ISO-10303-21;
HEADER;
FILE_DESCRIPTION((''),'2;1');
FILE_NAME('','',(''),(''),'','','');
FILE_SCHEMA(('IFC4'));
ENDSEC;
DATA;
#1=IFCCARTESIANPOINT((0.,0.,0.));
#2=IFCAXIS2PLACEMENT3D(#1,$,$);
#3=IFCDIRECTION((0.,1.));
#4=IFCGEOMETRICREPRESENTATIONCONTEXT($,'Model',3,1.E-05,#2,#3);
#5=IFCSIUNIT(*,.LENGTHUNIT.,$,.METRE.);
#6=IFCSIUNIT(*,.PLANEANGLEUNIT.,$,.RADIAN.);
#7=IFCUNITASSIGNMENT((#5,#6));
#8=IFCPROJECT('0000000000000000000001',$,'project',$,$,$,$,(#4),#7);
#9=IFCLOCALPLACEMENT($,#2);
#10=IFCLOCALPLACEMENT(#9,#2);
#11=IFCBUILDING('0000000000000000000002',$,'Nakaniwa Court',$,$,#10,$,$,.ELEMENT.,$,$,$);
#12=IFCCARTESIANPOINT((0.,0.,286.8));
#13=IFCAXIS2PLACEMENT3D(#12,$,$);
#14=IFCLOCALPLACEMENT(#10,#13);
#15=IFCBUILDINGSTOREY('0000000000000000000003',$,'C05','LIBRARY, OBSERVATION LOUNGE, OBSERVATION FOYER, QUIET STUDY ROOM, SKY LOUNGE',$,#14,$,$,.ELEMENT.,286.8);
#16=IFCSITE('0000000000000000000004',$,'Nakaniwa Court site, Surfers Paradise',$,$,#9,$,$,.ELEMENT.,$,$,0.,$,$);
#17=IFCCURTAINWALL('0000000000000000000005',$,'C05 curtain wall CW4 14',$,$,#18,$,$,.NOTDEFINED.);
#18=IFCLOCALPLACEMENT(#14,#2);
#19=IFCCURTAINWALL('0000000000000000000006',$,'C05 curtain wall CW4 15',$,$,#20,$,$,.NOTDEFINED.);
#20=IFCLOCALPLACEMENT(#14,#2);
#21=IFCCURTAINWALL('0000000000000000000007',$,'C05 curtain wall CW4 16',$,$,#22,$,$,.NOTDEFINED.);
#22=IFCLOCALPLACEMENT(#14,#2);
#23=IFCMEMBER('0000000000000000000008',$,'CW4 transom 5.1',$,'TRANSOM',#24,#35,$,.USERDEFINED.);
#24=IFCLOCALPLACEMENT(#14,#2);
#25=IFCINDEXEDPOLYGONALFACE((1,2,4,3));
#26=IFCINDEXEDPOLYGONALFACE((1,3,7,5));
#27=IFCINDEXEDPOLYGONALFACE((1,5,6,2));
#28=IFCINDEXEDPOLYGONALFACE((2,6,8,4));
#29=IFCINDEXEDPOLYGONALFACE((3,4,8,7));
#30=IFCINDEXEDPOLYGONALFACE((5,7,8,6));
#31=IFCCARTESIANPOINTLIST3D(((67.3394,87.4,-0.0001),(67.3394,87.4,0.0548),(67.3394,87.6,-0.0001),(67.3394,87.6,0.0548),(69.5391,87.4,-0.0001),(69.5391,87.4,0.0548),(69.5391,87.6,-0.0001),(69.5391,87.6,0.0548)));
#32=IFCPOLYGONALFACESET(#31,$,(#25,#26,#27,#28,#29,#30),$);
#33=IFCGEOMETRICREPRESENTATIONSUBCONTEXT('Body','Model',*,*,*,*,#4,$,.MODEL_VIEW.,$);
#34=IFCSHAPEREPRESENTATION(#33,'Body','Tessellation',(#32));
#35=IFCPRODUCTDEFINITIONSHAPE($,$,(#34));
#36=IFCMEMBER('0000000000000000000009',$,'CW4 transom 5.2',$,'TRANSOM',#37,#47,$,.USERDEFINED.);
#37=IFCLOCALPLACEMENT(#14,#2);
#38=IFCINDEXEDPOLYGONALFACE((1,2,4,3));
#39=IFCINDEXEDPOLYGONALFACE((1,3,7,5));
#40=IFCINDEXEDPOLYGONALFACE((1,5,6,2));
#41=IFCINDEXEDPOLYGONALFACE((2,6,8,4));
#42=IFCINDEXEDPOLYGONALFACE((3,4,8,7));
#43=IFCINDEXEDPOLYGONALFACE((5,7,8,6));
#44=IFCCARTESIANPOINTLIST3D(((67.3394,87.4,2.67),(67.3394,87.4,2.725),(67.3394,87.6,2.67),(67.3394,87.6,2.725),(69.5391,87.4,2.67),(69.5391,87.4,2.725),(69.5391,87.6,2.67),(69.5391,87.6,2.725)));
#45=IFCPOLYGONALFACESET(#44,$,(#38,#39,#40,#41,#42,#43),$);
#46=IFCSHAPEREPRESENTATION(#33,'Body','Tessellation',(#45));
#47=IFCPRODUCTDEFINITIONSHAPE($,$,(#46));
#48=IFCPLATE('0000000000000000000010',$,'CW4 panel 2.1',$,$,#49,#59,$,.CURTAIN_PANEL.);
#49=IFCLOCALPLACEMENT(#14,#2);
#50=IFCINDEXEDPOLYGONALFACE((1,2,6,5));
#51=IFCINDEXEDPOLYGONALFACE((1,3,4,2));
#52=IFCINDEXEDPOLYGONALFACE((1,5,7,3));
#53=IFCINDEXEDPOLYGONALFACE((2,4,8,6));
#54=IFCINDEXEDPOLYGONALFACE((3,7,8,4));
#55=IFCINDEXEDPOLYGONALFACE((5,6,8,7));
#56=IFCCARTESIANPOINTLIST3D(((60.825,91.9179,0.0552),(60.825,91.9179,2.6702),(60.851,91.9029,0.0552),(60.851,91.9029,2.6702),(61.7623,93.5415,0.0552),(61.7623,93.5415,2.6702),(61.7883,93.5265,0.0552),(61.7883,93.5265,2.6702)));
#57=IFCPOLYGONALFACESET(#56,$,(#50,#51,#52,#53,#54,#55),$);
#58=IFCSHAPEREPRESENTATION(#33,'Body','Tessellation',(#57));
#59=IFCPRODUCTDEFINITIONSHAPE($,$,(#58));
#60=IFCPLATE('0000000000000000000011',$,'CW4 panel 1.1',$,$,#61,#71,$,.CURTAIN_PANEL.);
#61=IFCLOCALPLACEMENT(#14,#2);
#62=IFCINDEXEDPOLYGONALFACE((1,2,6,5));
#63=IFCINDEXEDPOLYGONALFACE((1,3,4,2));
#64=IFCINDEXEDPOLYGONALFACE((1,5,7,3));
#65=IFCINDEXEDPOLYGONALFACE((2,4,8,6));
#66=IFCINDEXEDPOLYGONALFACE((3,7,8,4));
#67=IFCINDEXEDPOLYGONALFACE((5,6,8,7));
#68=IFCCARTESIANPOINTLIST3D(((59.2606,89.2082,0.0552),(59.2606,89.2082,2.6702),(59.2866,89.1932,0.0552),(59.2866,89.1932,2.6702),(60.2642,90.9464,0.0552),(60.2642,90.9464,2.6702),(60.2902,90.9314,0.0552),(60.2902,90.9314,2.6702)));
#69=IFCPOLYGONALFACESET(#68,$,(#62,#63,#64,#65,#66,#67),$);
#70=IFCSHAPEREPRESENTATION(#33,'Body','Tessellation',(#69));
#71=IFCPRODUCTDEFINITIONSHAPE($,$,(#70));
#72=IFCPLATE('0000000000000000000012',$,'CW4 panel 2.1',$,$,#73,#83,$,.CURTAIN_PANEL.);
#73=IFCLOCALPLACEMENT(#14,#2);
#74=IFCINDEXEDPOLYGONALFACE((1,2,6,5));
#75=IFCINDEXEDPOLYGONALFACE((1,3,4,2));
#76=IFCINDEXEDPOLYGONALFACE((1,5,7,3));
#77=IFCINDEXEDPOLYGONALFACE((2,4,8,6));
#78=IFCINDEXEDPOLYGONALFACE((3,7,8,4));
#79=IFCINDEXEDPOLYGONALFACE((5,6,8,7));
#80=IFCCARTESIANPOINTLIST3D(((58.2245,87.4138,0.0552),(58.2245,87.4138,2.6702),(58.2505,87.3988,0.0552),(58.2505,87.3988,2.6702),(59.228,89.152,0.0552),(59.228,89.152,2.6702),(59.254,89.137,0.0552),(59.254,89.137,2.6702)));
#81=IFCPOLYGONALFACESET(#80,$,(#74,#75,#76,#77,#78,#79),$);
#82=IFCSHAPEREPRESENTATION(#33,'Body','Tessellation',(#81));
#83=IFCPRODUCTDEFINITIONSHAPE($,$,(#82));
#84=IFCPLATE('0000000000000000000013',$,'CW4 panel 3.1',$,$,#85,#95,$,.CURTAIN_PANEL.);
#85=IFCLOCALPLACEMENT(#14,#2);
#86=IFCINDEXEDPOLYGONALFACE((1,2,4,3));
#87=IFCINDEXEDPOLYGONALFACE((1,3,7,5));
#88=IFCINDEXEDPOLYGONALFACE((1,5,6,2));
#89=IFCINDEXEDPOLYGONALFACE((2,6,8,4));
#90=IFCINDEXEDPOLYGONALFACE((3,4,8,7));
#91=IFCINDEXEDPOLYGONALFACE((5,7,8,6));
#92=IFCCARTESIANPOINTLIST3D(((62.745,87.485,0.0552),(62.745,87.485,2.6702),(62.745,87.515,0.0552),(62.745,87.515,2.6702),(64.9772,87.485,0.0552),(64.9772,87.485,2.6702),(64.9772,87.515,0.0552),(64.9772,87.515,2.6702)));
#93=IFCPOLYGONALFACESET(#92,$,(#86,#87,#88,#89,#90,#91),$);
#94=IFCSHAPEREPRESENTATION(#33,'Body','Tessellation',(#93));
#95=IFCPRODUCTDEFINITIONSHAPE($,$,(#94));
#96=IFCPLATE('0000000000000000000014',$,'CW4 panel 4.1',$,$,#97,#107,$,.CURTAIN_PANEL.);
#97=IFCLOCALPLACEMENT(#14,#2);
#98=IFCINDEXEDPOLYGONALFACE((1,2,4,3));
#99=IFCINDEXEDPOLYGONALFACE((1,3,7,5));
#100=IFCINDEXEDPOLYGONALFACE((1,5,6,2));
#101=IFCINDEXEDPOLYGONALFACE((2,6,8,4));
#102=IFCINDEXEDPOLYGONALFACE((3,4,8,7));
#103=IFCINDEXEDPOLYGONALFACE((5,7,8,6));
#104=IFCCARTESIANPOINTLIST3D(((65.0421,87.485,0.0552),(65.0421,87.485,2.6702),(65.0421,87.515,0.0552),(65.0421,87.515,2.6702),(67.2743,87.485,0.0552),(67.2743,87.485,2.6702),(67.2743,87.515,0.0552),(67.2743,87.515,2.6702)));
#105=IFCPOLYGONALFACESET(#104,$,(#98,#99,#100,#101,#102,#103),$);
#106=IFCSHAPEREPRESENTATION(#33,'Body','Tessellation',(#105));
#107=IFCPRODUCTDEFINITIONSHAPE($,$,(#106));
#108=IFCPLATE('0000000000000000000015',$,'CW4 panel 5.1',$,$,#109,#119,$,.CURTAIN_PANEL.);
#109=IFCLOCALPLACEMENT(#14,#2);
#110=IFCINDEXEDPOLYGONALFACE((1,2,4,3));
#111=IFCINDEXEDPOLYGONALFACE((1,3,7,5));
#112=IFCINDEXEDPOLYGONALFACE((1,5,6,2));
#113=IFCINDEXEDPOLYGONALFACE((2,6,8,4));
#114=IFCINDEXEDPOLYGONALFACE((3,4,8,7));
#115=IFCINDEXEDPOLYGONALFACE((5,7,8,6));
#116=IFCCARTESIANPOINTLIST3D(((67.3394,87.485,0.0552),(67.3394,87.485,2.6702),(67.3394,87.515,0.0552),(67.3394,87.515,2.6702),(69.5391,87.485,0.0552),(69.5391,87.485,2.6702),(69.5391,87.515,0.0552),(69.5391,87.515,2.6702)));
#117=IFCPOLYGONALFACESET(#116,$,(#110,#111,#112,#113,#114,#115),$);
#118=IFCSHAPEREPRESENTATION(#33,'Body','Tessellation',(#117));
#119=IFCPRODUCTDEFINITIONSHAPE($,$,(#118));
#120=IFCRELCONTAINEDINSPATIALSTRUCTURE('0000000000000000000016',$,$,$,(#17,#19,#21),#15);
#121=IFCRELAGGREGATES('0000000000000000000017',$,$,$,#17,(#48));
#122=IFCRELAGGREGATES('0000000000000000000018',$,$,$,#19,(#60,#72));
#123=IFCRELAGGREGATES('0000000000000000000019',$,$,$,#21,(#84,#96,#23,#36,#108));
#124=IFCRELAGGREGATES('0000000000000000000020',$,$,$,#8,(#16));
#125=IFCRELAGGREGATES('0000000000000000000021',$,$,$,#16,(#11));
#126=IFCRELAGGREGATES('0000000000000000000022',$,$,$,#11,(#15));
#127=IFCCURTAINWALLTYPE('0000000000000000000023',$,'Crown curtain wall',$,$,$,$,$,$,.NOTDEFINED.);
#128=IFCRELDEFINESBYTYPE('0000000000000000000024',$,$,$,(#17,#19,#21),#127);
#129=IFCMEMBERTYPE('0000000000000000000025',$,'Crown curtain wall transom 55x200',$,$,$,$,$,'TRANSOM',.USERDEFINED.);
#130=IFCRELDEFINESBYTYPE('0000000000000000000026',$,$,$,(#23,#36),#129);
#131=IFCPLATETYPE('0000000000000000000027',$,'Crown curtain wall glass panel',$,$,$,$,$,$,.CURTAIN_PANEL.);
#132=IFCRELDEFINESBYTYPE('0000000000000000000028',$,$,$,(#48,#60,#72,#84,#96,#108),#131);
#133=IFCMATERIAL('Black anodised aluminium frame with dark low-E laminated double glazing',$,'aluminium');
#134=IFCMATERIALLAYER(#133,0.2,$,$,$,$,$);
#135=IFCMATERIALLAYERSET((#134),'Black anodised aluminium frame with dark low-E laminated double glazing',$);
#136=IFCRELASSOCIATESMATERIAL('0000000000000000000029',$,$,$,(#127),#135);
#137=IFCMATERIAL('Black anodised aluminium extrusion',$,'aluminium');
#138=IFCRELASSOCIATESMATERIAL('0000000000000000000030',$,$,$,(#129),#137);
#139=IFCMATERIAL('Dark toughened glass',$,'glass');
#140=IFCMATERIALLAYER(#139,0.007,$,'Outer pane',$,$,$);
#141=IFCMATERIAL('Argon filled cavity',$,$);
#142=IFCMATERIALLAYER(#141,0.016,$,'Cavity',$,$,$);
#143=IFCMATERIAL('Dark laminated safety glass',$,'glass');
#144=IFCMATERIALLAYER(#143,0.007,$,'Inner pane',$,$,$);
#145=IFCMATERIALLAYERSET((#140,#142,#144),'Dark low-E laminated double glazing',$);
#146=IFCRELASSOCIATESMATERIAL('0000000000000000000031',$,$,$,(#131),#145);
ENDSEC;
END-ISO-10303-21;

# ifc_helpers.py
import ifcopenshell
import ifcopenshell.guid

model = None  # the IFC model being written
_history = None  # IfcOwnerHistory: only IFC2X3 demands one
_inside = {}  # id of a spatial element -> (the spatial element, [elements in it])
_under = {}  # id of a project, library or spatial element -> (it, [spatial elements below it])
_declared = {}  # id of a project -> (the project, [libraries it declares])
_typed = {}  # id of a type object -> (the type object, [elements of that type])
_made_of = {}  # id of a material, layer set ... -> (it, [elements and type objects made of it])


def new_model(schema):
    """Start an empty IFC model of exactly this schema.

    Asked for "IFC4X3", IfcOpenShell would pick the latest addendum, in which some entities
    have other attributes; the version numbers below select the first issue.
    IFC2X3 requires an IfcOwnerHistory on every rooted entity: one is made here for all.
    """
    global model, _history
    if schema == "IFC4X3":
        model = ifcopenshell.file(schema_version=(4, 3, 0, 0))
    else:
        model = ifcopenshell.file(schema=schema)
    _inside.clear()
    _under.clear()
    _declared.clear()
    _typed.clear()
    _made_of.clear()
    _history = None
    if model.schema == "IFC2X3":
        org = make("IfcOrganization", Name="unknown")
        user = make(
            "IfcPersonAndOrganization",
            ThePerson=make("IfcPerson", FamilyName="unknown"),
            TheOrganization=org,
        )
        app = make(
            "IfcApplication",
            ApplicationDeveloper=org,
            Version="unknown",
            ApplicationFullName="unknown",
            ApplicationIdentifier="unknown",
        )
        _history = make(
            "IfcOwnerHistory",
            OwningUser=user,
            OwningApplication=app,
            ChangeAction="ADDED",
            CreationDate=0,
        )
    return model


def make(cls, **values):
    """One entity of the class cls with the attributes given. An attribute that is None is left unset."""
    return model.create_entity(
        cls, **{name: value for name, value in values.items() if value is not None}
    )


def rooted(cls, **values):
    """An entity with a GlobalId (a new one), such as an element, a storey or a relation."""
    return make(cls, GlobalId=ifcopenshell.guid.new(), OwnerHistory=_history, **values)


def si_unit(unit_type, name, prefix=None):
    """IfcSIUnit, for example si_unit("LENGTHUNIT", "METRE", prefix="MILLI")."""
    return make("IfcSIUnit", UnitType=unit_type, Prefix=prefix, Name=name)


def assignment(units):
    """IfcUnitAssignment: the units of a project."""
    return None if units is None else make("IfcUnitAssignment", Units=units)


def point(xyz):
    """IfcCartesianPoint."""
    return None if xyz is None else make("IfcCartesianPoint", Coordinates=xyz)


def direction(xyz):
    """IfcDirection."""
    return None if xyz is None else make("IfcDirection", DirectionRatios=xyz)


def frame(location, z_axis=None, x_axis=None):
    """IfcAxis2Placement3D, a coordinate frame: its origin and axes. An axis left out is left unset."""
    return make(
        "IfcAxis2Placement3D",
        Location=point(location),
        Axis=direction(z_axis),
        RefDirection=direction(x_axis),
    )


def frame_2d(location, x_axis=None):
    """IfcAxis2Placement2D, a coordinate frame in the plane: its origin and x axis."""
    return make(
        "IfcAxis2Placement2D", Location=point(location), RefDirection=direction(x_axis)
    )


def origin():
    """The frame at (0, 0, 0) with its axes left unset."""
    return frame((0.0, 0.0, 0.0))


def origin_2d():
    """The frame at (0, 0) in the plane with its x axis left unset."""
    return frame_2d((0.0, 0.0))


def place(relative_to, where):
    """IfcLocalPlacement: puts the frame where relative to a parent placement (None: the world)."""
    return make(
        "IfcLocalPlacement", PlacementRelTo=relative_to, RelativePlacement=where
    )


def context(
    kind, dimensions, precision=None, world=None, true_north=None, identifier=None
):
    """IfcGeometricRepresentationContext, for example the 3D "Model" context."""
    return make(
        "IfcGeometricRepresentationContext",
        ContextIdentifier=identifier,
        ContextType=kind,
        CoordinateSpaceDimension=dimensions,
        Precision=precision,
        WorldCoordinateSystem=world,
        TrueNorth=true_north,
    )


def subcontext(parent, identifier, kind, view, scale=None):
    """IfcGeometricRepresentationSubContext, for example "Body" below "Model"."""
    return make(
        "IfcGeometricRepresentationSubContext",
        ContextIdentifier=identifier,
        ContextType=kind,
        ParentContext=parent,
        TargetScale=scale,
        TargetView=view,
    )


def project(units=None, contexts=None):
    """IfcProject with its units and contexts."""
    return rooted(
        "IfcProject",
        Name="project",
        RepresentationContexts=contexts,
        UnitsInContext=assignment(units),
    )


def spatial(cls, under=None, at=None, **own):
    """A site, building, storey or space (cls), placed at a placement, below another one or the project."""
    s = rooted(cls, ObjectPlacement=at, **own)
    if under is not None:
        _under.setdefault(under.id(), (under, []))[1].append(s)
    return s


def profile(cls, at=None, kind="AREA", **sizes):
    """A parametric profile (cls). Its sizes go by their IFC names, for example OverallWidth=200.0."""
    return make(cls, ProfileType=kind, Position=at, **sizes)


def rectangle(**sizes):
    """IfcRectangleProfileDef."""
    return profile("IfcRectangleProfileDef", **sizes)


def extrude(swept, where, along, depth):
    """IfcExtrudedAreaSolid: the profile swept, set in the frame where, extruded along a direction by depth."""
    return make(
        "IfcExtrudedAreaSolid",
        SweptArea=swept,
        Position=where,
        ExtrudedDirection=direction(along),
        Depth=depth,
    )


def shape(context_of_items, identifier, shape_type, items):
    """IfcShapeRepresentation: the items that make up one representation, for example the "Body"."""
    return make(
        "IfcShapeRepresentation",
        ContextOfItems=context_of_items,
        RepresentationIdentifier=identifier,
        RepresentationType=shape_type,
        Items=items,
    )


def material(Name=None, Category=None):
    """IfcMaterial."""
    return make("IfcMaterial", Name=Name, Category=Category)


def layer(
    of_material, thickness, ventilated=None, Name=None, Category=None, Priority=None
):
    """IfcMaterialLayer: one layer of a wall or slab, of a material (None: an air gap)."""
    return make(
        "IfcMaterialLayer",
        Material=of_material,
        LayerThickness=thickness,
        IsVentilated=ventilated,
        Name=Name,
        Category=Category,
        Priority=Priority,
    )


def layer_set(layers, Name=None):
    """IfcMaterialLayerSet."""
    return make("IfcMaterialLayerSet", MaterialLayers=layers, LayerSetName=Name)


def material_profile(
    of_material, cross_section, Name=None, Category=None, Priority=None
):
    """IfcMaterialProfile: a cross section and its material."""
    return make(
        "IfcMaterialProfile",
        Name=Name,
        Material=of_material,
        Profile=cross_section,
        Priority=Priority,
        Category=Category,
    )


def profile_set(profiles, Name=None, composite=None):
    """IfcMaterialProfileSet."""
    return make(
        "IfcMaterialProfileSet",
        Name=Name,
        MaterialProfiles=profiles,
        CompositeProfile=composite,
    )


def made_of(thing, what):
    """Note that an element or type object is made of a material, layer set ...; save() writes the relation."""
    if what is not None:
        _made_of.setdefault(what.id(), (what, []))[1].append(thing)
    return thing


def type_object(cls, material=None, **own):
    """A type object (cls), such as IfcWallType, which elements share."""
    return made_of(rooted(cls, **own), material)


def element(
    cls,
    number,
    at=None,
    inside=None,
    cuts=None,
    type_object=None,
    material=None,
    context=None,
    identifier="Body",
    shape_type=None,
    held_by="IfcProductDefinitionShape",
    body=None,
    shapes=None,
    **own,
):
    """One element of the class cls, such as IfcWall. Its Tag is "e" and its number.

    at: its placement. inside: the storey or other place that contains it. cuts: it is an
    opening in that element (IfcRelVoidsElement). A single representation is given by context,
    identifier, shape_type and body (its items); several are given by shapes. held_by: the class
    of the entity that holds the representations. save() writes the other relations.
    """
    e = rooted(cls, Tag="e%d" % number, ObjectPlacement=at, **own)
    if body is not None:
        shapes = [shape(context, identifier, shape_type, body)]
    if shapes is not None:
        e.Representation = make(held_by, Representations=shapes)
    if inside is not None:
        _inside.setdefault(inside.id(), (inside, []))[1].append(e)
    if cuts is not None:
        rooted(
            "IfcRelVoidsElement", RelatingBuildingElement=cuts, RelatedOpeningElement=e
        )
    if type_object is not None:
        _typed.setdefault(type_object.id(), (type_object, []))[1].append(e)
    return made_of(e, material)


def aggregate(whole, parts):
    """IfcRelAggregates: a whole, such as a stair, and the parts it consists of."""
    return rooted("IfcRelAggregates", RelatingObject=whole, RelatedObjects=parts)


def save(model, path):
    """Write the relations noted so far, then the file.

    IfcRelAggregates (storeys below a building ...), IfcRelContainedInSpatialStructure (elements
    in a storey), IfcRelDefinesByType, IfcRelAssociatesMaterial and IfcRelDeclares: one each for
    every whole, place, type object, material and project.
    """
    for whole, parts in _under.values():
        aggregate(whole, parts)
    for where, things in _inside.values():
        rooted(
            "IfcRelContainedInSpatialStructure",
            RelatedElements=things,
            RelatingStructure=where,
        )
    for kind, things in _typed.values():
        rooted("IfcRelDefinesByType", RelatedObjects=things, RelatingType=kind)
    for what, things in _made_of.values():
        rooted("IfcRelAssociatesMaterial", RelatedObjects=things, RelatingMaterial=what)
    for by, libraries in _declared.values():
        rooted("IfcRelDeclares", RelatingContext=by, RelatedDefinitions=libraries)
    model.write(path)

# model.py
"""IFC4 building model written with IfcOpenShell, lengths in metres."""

from ifc_helpers import new_model, si_unit, direction, frame, origin, origin_2d, place, context, subcontext, project, spatial, rectangle, extrude, material, layer, layer_set, material_profile, profile_set, type_object, element, aggregate, save


model = new_model("IFC4")

# Units and contexts
model_context = context("Model", 3, precision=1e-05, world=origin(), true_north=direction((0.0, 1.0)))
body_context = subcontext(model_context, "Body", "Model", "MODEL_VIEW")
ifc_project = project(units=[si_unit("LENGTHUNIT", "METRE"), si_unit("PLANEANGLEUNIT", "RADIAN")], contexts=[model_context])

# Site, building, storey
site_placement = place(None, origin())
site = spatial("IfcSite", under=ifc_project, at=site_placement, Name="Nakaniwa Court site, Surfers Paradise", CompositionType="ELEMENT", RefElevation=0.0)
building_placement = place(site_placement, origin())
building = spatial("IfcBuilding", under=site, at=building_placement, Name="Nakaniwa Court", CompositionType="ELEMENT")
storey_placement = place(building_placement, frame((0.0, 0.0, 286.8)))
storey = spatial("IfcBuildingStorey", under=building, at=storey_placement, Name="C05", Description="LIBRARY, OBSERVATION LOUNGE, OBSERVATION FOYER, QUIET STUDY ROOM, SKY LOUNGE", CompositionType="ELEMENT", Elevation=286.8)

# Curtain wall
ifc_material_1 = material(Name="Black anodised aluminium frame with dark low-E laminated double glazing", Category="aluminium")
ifc_layer_1 = layer(ifc_material_1, 0.2)
ifc_layer_set_1 = layer_set([ifc_layer_1], Name="Black anodised aluminium frame with dark low-E laminated double glazing")
curtain_wall_type = type_object("IfcCurtainWallType", Name="Crown curtain wall", PredefinedType="NOTDEFINED", material=ifc_layer_set_1)
curtain_wall_1_placement = place(storey_placement, origin())
curtain_wall_1 = element("IfcCurtainWall", 1, at=curtain_wall_1_placement, inside=storey, type_object=curtain_wall_type, Name="C05 curtain wall CW4 14", PredefinedType="NOTDEFINED")
ifc_material_2 = material(Name="Black anodised aluminium extrusion", Category="aluminium")

# Curtain walls, members
curtain_wall_2_placement = place(storey_placement, origin())
curtain_wall_2 = element("IfcCurtainWall", 2, at=curtain_wall_2_placement, inside=storey, type_object=curtain_wall_type, Name="C05 curtain wall CW4 15", PredefinedType="NOTDEFINED")
ifc_material_profile_1 = material_profile(ifc_material_2, rectangle(XDim=0.2, YDim=0.0549, at=origin_2d()), Name="Crown curtain wall transom 55x200")
ifc_profile_set_1 = profile_set([ifc_material_profile_1], Name="Black anodised aluminium extrusion")
member_type_1 = type_object("IfcMemberType", Name="Crown curtain wall transom 55x200", ElementType="TRANSOM", PredefinedType="USERDEFINED", material=ifc_profile_set_1)
curtain_wall_3_placement = place(storey_placement, origin())
curtain_wall_3 = element("IfcCurtainWall", 3, at=curtain_wall_3_placement, inside=storey, type_object=curtain_wall_type, Name="C05 curtain wall CW4 16", PredefinedType="NOTDEFINED")
member_1_placement = place(storey_placement, frame((67.3394, 87.5, 0.0273), z_axis=(1.0, 0.0, 0.0), x_axis=(0.0, 1.0, 0.0)))
member_1 = element("IfcMember", 4, at=member_1_placement, type_object=member_type_1, Name="CW4 transom 5.1", ObjectType="TRANSOM", PredefinedType="USERDEFINED", context=body_context, shape_type="SweptSolid", body=[
    extrude(rectangle(XDim=0.2, YDim=0.0549, at=origin_2d()), origin(), (0.0, 0.0, 1.0), 2.1997),
])
member_2_placement = place(storey_placement, frame((67.3394, 87.5, 2.6975), z_axis=(1.0, 0.0, 0.0), x_axis=(0.0, 1.0, 0.0)))
member_2 = element("IfcMember", 5, at=member_2_placement, type_object=member_type_1, Name="CW4 transom 5.2", ObjectType="TRANSOM", PredefinedType="USERDEFINED", context=body_context, shape_type="SweptSolid", body=[
    extrude(rectangle(XDim=0.2, YDim=0.0549, at=origin_2d()), origin(), (0.0, 0.0, 1.0), 2.1997),
])

# Plates
ifc_material_3 = material(Name="Dark toughened glass", Category="glass")
ifc_layer_2 = layer(ifc_material_3, 0.007, Name="Outer pane")
ifc_material_4 = material(Name="Argon filled cavity")
ifc_layer_3 = layer(ifc_material_4, 0.016, Name="Cavity")
ifc_material_5 = material(Name="Dark laminated safety glass", Category="glass")
ifc_layer_4 = layer(ifc_material_5, 0.007, Name="Inner pane")
ifc_layer_set_2 = layer_set([ifc_layer_2, ifc_layer_3, ifc_layer_4], Name="Dark low-E laminated double glazing")
plate_type = type_object("IfcPlateType", Name="Crown curtain wall glass panel", PredefinedType="CURTAIN_PANEL", material=ifc_layer_set_2)
plate_1_placement = place(storey_placement, frame((61.3066, 92.7222, 0.0552), z_axis=(0.0, 0.0, 1.0), x_axis=(-0.499987, -0.866033, 0.0)))
plate_1 = element("IfcPlate", 6, at=plate_1_placement, type_object=plate_type, Name="CW4 panel 2.1", PredefinedType="CURTAIN_PANEL", context=body_context, shape_type="SweptSolid", body=[
    extrude(rectangle(XDim=1.8748, YDim=0.03, at=origin_2d()), origin(), (0.0, 0.0, 1.0), 2.615),
])
aggregate(curtain_wall_1, [plate_1])
plate_2_placement = place(storey_placement, frame((59.7754, 90.0698, 0.0552), z_axis=(0.0, 0.0, 1.0), x_axis=(-0.500008, -0.866021, 0.0)))
plate_2 = element("IfcPlate", 7, at=plate_2_placement, type_object=plate_type, Name="CW4 panel 1.1", PredefinedType="CURTAIN_PANEL", context=body_context, shape_type="SweptSolid", body=[
    extrude(rectangle(XDim=2.0071, YDim=0.03, at=origin_2d()), origin(), (0.0, 0.0, 1.0), 2.615),
])
plate_3_placement = place(storey_placement, frame((58.7393, 88.2754, 0.0552), z_axis=(0.0, 0.0, 1.0), x_axis=(-0.500008, -0.866021, 0.0)))
plate_3 = element("IfcPlate", 8, at=plate_3_placement, type_object=plate_type, Name="CW4 panel 2.1", PredefinedType="CURTAIN_PANEL", context=body_context, shape_type="SweptSolid", body=[
    extrude(rectangle(XDim=2.0071, YDim=0.03, at=origin_2d()), origin(), (0.0, 0.0, 1.0), 2.615),
])
aggregate(curtain_wall_2, [plate_2, plate_3])
plate_4_placement = place(storey_placement, frame((63.8611, 87.5, 0.0552), z_axis=(0.0, 0.0, 1.0), x_axis=(1.0, 0.0, 0.0)))
plate_4 = element("IfcPlate", 9, at=plate_4_placement, type_object=plate_type, Name="CW4 panel 3.1", PredefinedType="CURTAIN_PANEL", context=body_context, shape_type="SweptSolid", body=[
    extrude(rectangle(XDim=2.2322, YDim=0.03, at=origin_2d()), origin(), (0.0, 0.0, 1.0), 2.615),
])
plate_5_placement = place(storey_placement, frame((66.1582, 87.5, 0.0552), z_axis=(0.0, 0.0, 1.0), x_axis=(1.0, 0.0, 0.0)))
plate_5 = element("IfcPlate", 10, at=plate_5_placement, type_object=plate_type, Name="CW4 panel 4.1", PredefinedType="CURTAIN_PANEL", context=body_context, shape_type="SweptSolid", body=[
    extrude(rectangle(XDim=2.2322, YDim=0.03, at=origin_2d()), origin(), (0.0, 0.0, 1.0), 2.615),
])
plate_6_placement = place(storey_placement, frame((68.4392, 87.5, 0.0552), z_axis=(0.0, 0.0, 1.0), x_axis=(1.0, 0.0, 0.0)))
plate_6 = element("IfcPlate", 11, at=plate_6_placement, type_object=plate_type, Name="CW4 panel 5.1", PredefinedType="CURTAIN_PANEL", context=body_context, shape_type="SweptSolid", body=[
    extrude(rectangle(XDim=2.1997, YDim=0.03, at=origin_2d()), origin(), (0.0, 0.0, 1.0), 2.615),
])
aggregate(curtain_wall_3, [plate_4, plate_5, member_1, member_2, plate_6])

save(model, "model.ifc")
